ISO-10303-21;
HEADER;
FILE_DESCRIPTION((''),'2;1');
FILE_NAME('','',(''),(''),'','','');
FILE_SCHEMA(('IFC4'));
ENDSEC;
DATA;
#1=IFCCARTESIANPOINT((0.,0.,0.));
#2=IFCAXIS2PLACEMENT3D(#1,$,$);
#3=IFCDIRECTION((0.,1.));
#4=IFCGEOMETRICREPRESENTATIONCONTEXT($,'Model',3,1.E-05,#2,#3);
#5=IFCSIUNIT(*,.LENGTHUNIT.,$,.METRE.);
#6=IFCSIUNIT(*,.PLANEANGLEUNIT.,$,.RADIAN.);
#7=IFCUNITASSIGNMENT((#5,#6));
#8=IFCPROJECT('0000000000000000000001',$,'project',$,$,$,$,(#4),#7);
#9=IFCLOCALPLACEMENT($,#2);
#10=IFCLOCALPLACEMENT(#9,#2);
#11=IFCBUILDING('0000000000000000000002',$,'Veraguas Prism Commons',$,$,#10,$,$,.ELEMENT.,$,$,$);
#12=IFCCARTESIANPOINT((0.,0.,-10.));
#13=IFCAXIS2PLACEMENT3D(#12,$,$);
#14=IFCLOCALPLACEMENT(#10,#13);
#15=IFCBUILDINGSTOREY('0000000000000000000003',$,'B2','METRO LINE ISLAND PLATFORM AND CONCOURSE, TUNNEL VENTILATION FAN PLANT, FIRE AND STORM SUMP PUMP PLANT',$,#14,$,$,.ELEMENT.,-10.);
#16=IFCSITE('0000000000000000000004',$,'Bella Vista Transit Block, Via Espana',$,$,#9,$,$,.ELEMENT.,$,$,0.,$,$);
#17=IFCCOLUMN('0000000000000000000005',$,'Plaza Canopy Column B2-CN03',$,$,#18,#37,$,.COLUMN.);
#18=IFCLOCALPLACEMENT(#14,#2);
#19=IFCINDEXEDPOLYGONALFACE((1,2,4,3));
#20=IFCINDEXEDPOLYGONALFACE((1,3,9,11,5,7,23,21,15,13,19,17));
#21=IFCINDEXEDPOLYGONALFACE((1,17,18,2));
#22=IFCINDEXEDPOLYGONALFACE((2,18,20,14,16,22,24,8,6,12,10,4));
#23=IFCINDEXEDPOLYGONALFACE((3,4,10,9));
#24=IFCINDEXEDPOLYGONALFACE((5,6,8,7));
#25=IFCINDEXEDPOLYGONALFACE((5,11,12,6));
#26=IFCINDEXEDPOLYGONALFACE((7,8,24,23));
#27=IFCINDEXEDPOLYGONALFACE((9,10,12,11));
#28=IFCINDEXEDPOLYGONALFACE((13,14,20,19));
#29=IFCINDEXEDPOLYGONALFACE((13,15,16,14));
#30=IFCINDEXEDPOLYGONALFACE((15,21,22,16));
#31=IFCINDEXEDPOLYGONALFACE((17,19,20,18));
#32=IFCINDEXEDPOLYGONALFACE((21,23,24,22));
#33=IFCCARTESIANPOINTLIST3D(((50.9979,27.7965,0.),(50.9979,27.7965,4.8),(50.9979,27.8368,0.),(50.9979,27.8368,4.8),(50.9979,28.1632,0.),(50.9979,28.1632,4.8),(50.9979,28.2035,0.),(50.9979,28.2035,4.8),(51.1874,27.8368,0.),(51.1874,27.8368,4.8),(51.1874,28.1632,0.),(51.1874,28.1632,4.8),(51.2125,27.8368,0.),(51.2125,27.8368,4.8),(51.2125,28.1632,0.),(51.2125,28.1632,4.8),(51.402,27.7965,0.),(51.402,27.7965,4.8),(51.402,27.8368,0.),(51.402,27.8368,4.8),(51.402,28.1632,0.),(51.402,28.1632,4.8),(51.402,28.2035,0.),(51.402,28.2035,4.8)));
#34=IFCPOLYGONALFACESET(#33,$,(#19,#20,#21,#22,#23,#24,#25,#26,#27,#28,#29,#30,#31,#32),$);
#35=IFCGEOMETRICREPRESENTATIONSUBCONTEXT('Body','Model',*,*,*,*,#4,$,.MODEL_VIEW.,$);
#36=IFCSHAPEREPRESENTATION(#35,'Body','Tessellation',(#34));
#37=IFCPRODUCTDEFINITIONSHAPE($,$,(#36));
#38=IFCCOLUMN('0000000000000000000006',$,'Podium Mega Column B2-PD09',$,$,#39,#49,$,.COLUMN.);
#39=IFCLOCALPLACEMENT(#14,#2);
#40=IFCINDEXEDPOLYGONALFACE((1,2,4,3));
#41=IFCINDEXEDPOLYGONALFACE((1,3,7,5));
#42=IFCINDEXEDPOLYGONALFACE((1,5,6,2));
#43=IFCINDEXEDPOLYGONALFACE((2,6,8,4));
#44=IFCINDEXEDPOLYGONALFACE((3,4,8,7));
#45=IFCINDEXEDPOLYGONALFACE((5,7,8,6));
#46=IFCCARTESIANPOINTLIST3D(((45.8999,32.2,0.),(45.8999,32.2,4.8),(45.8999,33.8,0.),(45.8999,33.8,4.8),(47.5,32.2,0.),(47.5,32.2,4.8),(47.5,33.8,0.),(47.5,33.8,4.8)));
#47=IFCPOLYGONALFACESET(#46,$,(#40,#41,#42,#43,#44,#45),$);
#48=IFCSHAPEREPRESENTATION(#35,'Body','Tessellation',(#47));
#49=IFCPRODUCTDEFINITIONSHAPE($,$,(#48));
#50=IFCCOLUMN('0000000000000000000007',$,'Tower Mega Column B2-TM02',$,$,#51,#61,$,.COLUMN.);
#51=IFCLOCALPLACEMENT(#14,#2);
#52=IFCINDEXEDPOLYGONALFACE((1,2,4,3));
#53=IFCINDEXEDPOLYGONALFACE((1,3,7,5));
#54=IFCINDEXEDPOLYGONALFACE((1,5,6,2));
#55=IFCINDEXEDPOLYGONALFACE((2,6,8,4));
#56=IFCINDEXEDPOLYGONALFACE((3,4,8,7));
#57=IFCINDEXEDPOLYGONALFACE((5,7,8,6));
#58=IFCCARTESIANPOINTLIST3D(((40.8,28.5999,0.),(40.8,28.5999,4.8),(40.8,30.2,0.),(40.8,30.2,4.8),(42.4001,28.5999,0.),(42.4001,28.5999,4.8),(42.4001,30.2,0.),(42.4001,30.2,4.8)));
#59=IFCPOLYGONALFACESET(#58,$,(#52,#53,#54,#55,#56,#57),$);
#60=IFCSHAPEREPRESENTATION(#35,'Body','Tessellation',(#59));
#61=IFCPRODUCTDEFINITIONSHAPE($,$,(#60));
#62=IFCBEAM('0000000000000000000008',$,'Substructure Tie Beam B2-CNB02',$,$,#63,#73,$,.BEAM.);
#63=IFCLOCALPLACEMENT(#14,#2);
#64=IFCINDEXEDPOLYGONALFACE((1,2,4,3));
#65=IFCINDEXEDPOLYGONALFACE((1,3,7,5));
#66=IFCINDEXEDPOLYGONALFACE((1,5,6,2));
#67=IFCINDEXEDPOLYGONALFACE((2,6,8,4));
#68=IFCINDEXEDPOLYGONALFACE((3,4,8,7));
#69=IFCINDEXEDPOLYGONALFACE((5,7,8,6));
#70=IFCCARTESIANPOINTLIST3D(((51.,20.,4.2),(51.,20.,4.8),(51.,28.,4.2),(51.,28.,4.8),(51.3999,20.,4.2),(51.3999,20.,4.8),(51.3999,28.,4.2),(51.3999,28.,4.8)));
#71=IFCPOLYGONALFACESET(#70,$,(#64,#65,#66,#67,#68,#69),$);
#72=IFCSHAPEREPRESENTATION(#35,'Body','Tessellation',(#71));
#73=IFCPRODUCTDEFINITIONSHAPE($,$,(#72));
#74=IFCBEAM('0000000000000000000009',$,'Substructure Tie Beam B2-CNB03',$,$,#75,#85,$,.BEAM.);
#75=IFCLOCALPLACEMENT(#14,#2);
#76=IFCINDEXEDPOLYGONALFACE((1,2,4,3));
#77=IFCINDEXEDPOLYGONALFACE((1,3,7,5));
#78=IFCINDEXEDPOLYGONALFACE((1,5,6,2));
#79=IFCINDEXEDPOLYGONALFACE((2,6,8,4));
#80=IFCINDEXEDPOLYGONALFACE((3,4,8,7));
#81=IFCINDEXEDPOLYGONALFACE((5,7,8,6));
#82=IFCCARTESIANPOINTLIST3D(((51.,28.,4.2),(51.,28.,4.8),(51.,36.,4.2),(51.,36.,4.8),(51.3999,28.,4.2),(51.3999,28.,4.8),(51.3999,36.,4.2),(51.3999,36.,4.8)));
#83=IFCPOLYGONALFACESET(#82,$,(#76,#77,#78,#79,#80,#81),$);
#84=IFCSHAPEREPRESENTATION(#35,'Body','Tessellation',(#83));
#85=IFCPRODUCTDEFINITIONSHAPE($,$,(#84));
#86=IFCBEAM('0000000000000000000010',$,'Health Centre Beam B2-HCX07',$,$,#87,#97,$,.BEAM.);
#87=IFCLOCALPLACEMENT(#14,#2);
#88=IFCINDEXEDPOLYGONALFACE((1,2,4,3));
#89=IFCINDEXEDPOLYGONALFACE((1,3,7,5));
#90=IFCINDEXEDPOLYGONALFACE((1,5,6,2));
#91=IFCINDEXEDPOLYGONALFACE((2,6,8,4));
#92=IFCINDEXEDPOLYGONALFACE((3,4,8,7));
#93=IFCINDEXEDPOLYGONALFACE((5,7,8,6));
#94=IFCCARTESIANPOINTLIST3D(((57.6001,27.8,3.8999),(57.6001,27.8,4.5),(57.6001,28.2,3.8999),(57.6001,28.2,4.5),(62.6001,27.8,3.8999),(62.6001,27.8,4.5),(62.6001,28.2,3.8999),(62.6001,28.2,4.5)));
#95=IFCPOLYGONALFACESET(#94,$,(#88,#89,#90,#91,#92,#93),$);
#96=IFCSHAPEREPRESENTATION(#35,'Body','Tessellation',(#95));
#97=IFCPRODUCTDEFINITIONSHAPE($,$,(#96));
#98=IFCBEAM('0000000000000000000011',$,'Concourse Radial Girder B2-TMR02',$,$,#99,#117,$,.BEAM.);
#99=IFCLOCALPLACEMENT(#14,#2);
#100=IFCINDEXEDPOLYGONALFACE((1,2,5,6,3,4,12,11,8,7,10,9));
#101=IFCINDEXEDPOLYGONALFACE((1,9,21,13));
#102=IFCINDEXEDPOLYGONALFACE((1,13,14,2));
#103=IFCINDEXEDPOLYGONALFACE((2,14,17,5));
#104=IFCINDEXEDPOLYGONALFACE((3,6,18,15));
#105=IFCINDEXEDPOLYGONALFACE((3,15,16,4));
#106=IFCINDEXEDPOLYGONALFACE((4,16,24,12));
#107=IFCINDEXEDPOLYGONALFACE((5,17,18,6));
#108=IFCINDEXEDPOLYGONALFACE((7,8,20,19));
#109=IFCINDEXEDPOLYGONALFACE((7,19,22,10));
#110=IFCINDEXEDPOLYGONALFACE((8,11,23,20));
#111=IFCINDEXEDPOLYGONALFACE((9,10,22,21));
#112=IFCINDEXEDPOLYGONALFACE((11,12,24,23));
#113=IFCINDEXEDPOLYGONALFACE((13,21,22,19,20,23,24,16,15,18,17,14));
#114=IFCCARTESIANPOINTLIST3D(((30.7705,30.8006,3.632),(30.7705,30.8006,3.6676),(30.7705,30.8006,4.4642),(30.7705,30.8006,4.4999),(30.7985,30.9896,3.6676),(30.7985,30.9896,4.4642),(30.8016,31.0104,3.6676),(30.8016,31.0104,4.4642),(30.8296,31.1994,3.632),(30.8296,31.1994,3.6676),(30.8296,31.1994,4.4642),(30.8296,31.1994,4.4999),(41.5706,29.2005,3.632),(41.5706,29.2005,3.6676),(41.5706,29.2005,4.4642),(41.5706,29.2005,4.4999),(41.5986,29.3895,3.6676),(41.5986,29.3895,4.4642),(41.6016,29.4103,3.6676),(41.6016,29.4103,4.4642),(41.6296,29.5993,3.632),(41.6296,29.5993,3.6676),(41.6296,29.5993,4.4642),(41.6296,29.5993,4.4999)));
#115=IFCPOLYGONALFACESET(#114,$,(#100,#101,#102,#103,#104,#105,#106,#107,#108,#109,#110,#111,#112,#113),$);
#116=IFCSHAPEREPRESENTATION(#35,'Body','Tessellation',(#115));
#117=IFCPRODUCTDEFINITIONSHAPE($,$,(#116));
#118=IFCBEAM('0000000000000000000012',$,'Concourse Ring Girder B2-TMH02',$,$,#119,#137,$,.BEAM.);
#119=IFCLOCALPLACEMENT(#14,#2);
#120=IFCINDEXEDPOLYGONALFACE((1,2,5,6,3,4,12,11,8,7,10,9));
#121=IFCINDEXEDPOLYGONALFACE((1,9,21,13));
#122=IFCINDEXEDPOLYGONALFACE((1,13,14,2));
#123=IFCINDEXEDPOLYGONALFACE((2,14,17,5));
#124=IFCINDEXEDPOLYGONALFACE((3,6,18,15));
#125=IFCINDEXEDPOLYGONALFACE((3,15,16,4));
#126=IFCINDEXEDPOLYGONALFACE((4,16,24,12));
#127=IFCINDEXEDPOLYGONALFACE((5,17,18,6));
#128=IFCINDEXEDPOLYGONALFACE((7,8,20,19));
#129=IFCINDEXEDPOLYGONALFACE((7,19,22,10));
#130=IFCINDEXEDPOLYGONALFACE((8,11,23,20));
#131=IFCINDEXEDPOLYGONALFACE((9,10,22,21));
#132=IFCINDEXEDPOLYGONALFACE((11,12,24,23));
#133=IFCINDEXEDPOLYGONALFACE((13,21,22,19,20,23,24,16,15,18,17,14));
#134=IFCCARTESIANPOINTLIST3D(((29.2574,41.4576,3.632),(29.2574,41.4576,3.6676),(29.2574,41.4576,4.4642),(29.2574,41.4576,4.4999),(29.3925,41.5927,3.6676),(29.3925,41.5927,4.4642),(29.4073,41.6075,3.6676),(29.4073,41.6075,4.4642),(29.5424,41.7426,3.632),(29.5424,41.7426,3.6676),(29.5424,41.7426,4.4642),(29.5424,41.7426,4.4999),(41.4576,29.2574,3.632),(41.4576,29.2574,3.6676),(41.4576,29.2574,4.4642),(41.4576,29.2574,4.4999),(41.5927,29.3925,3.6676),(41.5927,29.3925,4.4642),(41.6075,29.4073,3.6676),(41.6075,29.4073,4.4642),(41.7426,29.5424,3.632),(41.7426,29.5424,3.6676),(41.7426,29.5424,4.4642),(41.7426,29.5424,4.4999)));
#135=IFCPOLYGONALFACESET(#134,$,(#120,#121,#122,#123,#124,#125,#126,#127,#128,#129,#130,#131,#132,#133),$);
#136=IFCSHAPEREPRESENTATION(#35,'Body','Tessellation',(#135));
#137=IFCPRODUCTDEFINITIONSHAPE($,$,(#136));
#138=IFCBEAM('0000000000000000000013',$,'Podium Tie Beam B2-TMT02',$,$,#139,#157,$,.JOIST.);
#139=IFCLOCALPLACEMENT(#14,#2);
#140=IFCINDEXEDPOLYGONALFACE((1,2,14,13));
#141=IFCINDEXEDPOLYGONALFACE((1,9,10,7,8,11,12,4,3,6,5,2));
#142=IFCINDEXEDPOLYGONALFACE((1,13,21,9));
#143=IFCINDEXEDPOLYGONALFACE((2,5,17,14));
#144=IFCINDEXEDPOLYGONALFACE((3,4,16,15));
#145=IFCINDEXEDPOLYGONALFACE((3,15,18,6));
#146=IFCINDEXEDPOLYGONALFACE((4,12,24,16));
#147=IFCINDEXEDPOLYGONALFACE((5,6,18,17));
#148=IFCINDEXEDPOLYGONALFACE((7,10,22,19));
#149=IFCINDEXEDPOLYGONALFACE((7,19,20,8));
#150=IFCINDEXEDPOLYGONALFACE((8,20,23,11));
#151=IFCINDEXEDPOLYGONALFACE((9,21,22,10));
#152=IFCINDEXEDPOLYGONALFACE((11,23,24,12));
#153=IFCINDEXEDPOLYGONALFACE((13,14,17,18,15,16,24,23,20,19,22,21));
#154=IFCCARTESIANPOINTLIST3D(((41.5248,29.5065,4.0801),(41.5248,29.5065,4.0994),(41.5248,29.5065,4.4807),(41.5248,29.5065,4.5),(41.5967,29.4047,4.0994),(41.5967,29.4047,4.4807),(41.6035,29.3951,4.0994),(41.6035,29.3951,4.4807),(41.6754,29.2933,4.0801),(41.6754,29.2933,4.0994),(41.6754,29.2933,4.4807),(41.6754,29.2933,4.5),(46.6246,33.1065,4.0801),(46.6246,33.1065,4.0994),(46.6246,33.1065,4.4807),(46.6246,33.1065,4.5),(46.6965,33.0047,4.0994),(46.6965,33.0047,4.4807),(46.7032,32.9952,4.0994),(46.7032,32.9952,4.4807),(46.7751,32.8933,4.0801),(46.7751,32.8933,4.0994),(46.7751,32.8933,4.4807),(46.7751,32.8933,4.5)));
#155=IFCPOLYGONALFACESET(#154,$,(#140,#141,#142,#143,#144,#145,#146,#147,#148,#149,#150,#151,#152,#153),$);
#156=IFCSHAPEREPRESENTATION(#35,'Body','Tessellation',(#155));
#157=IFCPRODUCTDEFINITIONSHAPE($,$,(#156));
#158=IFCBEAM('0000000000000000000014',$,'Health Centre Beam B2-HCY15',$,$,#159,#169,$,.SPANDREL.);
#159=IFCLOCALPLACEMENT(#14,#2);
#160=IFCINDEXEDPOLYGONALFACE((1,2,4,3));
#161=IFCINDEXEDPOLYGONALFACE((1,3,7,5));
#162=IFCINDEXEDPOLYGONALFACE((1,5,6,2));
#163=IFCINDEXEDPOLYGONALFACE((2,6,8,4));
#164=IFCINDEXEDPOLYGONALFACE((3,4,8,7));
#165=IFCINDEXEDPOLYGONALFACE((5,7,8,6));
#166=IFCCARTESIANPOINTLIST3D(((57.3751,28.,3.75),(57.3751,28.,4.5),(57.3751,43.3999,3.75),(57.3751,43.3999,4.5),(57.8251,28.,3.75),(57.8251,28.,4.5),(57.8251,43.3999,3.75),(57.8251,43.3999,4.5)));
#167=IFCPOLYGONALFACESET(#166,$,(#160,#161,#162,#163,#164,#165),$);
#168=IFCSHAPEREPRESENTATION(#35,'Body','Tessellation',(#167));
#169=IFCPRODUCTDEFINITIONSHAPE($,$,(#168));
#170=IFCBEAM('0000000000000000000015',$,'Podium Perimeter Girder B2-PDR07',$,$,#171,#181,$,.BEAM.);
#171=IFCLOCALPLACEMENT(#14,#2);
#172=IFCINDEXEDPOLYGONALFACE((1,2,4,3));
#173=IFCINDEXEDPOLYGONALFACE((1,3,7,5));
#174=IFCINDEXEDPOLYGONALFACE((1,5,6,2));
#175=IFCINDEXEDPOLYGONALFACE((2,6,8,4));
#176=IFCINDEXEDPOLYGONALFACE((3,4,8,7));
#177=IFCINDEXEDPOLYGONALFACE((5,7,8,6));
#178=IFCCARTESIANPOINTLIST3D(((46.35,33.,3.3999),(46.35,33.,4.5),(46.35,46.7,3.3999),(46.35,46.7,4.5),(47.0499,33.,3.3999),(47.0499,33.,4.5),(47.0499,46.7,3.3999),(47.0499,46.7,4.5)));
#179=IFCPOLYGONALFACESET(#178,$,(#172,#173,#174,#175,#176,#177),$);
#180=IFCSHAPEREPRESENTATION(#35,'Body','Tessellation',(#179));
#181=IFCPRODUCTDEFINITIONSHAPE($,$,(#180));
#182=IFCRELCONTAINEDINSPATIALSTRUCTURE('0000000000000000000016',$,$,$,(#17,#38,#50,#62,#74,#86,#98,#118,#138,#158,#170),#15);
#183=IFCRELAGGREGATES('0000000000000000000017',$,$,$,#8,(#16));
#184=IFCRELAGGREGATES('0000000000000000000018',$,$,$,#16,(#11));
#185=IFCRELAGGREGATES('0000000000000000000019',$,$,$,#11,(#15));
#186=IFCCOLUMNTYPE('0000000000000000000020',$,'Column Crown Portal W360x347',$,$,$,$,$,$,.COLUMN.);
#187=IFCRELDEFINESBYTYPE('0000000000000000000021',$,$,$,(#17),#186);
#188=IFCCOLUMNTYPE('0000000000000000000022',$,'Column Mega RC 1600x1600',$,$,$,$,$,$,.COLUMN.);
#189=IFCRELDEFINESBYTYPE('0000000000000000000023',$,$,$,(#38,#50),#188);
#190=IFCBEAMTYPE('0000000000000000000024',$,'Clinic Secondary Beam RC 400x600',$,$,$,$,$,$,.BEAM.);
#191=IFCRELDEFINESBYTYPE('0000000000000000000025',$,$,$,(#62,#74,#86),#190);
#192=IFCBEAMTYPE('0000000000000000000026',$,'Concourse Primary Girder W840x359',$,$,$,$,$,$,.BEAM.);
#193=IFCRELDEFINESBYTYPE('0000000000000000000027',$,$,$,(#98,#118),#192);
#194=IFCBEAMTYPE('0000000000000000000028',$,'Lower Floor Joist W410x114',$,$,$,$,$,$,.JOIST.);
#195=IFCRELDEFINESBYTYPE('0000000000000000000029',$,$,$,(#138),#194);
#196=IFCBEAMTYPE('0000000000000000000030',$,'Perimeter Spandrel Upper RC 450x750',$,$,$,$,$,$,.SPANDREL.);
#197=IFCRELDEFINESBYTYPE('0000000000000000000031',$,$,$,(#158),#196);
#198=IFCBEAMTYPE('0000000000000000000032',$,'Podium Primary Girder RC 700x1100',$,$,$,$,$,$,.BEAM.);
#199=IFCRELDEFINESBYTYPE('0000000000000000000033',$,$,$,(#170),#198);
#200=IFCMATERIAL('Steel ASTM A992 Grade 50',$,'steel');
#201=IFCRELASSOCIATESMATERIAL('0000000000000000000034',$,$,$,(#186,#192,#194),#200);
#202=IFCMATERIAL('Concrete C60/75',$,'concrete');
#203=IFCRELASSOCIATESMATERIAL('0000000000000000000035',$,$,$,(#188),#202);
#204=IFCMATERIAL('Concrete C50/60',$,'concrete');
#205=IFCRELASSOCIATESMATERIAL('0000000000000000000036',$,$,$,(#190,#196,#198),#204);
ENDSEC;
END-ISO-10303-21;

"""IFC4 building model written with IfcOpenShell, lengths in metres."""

from ifc_helpers import new_model, si_unit, direction, frame, origin, origin_2d, place, context, subcontext, project, spatial, rectangle, i_section, extrude, material, material_profile, profile_set, type_object, element, save


model = new_model("IFC4")

# Units and contexts
model_context = context("Model", 3, precision=1e-05, world=origin(), true_north=direction((0.0, 1.0)))
body_context = subcontext(model_context, "Body", "Model", "MODEL_VIEW")
ifc_project = project(units=[si_unit("LENGTHUNIT", "METRE"), si_unit("PLANEANGLEUNIT", "RADIAN")], contexts=[model_context])

# Site, building, storey
site_placement = place(None, origin())
site = spatial("IfcSite", under=ifc_project, at=site_placement, Name="Bella Vista Transit Block, Via Espana", CompositionType="ELEMENT", RefElevation=0.0)
building_placement = place(site_placement, origin())
building = spatial("IfcBuilding", under=site, at=building_placement, Name="Veraguas Prism Commons", CompositionType="ELEMENT")
storey_placement = place(building_placement, frame((0.0, 0.0, -10.0)))
storey = spatial("IfcBuildingStorey", under=building, at=storey_placement, Name="B2", Description="METRO LINE ISLAND PLATFORM AND CONCOURSE, TUNNEL VENTILATION FAN PLANT, FIRE AND STORM SUMP PUMP PLANT", CompositionType="ELEMENT", Elevation=-10.0)

# Columns
ifc_material_1 = material(Name="Concrete C50/60", Category="concrete")
ifc_material_2 = material(Name="Steel ASTM A992 Grade 50", Category="steel")
ifc_material_profile_1 = material_profile(ifc_material_2, i_section(OverallWidth=0.4041, OverallDepth=0.407, WebThickness=0.0251, FlangeThickness=0.0403, at=origin_2d()), Name="W360X347")
ifc_profile_set_1 = profile_set([ifc_material_profile_1], Name="Steel ASTM A992 Grade 50")
column_type_1 = type_object("IfcColumnType", Name="Column Crown Portal W360x347", PredefinedType="COLUMN", material=ifc_profile_set_1)
for number, where, z_axis, x_axis, name in (
    (1, (51.2, 28.0, 0.0), (0.0, 0.0, 1.0), (1.0, 0.0, 0.0), "Plaza Canopy Column B2-CN03"),
):
    element("IfcColumn", number, at=place(storey_placement, frame(where, z_axis=z_axis, x_axis=x_axis)), inside=storey, type_object=column_type_1, Name=name, PredefinedType="COLUMN", context=body_context, shape_type="SweptSolid", body=[
        extrude(i_section(OverallWidth=0.4041, OverallDepth=0.407, WebThickness=0.0251, FlangeThickness=0.0403, at=origin_2d()), origin(), (0.0, 0.0, 1.0), 4.8),
    ])
ifc_material_3 = material(Name="Concrete C60/75", Category="concrete")
ifc_material_profile_2 = material_profile(ifc_material_3, rectangle(XDim=1.6001, YDim=1.6001, at=origin_2d()), Name="RC1600X1600")
ifc_profile_set_2 = profile_set([ifc_material_profile_2], Name="Concrete C60/75")
column_type_2 = type_object("IfcColumnType", Name="Column Mega RC 1600x1600", PredefinedType="COLUMN", material=ifc_profile_set_2)
for number, where, z_axis, x_axis, name in (
    (2, (46.7, 33.0, 0.0), (0.0, 0.0, 1.0), (1.0, 0.0, 0.0), "Podium Mega Column B2-PD09"),
    (3, (41.6001, 29.3999, 0.0), (0.0, 0.0, 1.0), (1.0, 0.0, 0.0), "Tower Mega Column B2-TM02"),
):
    element("IfcColumn", number, at=place(storey_placement, frame(where, z_axis=z_axis, x_axis=x_axis)), inside=storey, type_object=column_type_2, Name=name, PredefinedType="COLUMN", context=body_context, shape_type="SweptSolid", body=[
        extrude(rectangle(XDim=1.6001, YDim=1.6001, at=origin_2d()), origin(), (0.0, 0.0, 1.0), 4.8),
    ])

# Beams
ifc_material_profile_3 = material_profile(ifc_material_1, rectangle(XDim=0.3999, YDim=0.6001, at=origin_2d()), Name="RC400X600")
ifc_profile_set_3 = profile_set([ifc_material_profile_3], Name="Concrete C50/60")
beam_type_1 = type_object("IfcBeamType", Name="Clinic Secondary Beam RC 400x600", PredefinedType="BEAM", material=ifc_profile_set_3)
for number, where, z_axis, x_axis, name in (
    (4, (51.2, 20.0, 4.5), (0.0, 1.0, 0.0), (-1.0, 0.0, 0.0), "Substructure Tie Beam B2-CNB02"),
    (5, (51.2, 28.0, 4.5), (0.0, 1.0, 0.0), (-1.0, 0.0, 0.0), "Substructure Tie Beam B2-CNB03"),
):
    element("IfcBeam", number, at=place(storey_placement, frame(where, z_axis=z_axis, x_axis=x_axis)), inside=storey, type_object=beam_type_1, Name=name, PredefinedType="BEAM", context=body_context, shape_type="SweptSolid", body=[
        extrude(rectangle(XDim=0.3999, YDim=0.6001, at=origin_2d()), origin(), (0.0, 0.0, 1.0), 8.0),
    ])
beam_1_placement = place(storey_placement, frame((57.6001, 28.0, 4.2), z_axis=(1.0, 0.0, 0.0), x_axis=(0.0, 1.0, 0.0)))
element("IfcBeam", 6, at=beam_1_placement, inside=storey, type_object=beam_type_1, Name="Health Centre Beam B2-HCX07", PredefinedType="BEAM", context=body_context, shape_type="SweptSolid", body=[
    extrude(rectangle(XDim=0.3999, YDim=0.6001, at=origin_2d()), origin(), (0.0, 0.0, 1.0), 5.0),
])
ifc_material_profile_4 = material_profile(ifc_material_2, i_section(OverallWidth=0.4031, OverallDepth=0.8679, WebThickness=0.021, FlangeThickness=0.0356, at=origin_2d()), Name="W840X359")
ifc_profile_set_4 = profile_set([ifc_material_profile_4], Name="Steel ASTM A992 Grade 50")
beam_type_2 = type_object("IfcBeamType", Name="Concourse Primary Girder W840x359", PredefinedType="BEAM", material=ifc_profile_set_4)
beam_2_placement = place(storey_placement, frame((41.6001, 29.3999, 4.0659), z_axis=(-0.989202, 0.146557, 0.0), x_axis=(-0.146557, -0.989202, 0.0)))
element("IfcBeam", 7, at=beam_2_placement, inside=storey, type_object=beam_type_2, Name="Concourse Radial Girder B2-TMR02", PredefinedType="BEAM", context=body_context, shape_type="SweptSolid", body=[
    extrude(i_section(OverallWidth=0.4031, OverallDepth=0.8679, WebThickness=0.021, FlangeThickness=0.0356, at=origin_2d()), origin(), (0.0, 0.0, 1.0), 10.918),
])
beam_3_placement = place(storey_placement, frame((41.6001, 29.3999, 4.0659), z_axis=(-0.707107, 0.707107, 0.0), x_axis=(-0.707107, -0.707107, 0.0)))
element("IfcBeam", 8, at=beam_3_placement, inside=storey, type_object=beam_type_2, Name="Concourse Ring Girder B2-TMH02", PredefinedType="BEAM", context=body_context, shape_type="SweptSolid", body=[
    extrude(i_section(OverallWidth=0.4031, OverallDepth=0.8679, WebThickness=0.021, FlangeThickness=0.0356, at=origin_2d()), origin(), (0.0, 0.0, 1.0), 17.2537),
])
ifc_material_profile_5 = material_profile(ifc_material_2, i_section(OverallWidth=0.261, OverallDepth=0.4199, WebThickness=0.0117, FlangeThickness=0.0193, at=origin_2d()), Name="W410X114")
ifc_profile_set_5 = profile_set([ifc_material_profile_5], Name="Steel ASTM A992 Grade 50")
beam_type_3 = type_object("IfcBeamType", Name="Lower Floor Joist W410x114", PredefinedType="JOIST", material=ifc_profile_set_5)
beam_4_placement = place(storey_placement, frame((41.6001, 29.3999, 4.29), z_axis=(0.816953, 0.576705, 0.0), x_axis=(-0.576705, 0.816953, 0.0)))
element("IfcBeam", 9, at=beam_4_placement, inside=storey, type_object=beam_type_3, Name="Podium Tie Beam B2-TMT02", PredefinedType="JOIST", context=body_context, shape_type="SweptSolid", body=[
    extrude(i_section(OverallWidth=0.261, OverallDepth=0.4199, WebThickness=0.0117, FlangeThickness=0.0193, at=origin_2d()), origin(), (0.0, 0.0, 1.0), 6.2424),
])
ifc_material_profile_6 = material_profile(ifc_material_1, rectangle(XDim=0.45, YDim=0.75, at=origin_2d()), Name="RC450X750")
ifc_profile_set_6 = profile_set([ifc_material_profile_6], Name="Concrete C50/60")
beam_type_4 = type_object("IfcBeamType", Name="Perimeter Spandrel Upper RC 450x750", PredefinedType="SPANDREL", material=ifc_profile_set_6)
beam_5_placement = place(storey_placement, frame((57.6001, 28.0, 4.125), z_axis=(0.0, 1.0, 0.0), x_axis=(-1.0, 0.0, 0.0)))
element("IfcBeam", 10, at=beam_5_placement, inside=storey, type_object=beam_type_4, Name="Health Centre Beam B2-HCY15", PredefinedType="SPANDREL", context=body_context, shape_type="SweptSolid", body=[
    extrude(rectangle(XDim=0.45, YDim=0.75, at=origin_2d()), origin(), (0.0, 0.0, 1.0), 15.3999),
])
ifc_material_profile_7 = material_profile(ifc_material_1, rectangle(XDim=0.7, YDim=1.1001, at=origin_2d()), Name="RC700X1100")
ifc_profile_set_7 = profile_set([ifc_material_profile_7], Name="Concrete C50/60")
beam_type_5 = type_object("IfcBeamType", Name="Podium Primary Girder RC 700x1100", PredefinedType="BEAM", material=ifc_profile_set_7)
beam_6_placement = place(storey_placement, frame((46.7, 33.0, 3.95), z_axis=(0.0, 1.0, 0.0), x_axis=(-1.0, 0.0, 0.0)))
element("IfcBeam", 11, at=beam_6_placement, inside=storey, type_object=beam_type_5, Name="Podium Perimeter Girder B2-PDR07", PredefinedType="BEAM", context=body_context, shape_type="SweptSolid", body=[
    extrude(rectangle(XDim=0.7, YDim=1.1001, at=origin_2d()), origin(), (0.0, 0.0, 1.0), 13.7),
])

save(model, "model.ifc")
